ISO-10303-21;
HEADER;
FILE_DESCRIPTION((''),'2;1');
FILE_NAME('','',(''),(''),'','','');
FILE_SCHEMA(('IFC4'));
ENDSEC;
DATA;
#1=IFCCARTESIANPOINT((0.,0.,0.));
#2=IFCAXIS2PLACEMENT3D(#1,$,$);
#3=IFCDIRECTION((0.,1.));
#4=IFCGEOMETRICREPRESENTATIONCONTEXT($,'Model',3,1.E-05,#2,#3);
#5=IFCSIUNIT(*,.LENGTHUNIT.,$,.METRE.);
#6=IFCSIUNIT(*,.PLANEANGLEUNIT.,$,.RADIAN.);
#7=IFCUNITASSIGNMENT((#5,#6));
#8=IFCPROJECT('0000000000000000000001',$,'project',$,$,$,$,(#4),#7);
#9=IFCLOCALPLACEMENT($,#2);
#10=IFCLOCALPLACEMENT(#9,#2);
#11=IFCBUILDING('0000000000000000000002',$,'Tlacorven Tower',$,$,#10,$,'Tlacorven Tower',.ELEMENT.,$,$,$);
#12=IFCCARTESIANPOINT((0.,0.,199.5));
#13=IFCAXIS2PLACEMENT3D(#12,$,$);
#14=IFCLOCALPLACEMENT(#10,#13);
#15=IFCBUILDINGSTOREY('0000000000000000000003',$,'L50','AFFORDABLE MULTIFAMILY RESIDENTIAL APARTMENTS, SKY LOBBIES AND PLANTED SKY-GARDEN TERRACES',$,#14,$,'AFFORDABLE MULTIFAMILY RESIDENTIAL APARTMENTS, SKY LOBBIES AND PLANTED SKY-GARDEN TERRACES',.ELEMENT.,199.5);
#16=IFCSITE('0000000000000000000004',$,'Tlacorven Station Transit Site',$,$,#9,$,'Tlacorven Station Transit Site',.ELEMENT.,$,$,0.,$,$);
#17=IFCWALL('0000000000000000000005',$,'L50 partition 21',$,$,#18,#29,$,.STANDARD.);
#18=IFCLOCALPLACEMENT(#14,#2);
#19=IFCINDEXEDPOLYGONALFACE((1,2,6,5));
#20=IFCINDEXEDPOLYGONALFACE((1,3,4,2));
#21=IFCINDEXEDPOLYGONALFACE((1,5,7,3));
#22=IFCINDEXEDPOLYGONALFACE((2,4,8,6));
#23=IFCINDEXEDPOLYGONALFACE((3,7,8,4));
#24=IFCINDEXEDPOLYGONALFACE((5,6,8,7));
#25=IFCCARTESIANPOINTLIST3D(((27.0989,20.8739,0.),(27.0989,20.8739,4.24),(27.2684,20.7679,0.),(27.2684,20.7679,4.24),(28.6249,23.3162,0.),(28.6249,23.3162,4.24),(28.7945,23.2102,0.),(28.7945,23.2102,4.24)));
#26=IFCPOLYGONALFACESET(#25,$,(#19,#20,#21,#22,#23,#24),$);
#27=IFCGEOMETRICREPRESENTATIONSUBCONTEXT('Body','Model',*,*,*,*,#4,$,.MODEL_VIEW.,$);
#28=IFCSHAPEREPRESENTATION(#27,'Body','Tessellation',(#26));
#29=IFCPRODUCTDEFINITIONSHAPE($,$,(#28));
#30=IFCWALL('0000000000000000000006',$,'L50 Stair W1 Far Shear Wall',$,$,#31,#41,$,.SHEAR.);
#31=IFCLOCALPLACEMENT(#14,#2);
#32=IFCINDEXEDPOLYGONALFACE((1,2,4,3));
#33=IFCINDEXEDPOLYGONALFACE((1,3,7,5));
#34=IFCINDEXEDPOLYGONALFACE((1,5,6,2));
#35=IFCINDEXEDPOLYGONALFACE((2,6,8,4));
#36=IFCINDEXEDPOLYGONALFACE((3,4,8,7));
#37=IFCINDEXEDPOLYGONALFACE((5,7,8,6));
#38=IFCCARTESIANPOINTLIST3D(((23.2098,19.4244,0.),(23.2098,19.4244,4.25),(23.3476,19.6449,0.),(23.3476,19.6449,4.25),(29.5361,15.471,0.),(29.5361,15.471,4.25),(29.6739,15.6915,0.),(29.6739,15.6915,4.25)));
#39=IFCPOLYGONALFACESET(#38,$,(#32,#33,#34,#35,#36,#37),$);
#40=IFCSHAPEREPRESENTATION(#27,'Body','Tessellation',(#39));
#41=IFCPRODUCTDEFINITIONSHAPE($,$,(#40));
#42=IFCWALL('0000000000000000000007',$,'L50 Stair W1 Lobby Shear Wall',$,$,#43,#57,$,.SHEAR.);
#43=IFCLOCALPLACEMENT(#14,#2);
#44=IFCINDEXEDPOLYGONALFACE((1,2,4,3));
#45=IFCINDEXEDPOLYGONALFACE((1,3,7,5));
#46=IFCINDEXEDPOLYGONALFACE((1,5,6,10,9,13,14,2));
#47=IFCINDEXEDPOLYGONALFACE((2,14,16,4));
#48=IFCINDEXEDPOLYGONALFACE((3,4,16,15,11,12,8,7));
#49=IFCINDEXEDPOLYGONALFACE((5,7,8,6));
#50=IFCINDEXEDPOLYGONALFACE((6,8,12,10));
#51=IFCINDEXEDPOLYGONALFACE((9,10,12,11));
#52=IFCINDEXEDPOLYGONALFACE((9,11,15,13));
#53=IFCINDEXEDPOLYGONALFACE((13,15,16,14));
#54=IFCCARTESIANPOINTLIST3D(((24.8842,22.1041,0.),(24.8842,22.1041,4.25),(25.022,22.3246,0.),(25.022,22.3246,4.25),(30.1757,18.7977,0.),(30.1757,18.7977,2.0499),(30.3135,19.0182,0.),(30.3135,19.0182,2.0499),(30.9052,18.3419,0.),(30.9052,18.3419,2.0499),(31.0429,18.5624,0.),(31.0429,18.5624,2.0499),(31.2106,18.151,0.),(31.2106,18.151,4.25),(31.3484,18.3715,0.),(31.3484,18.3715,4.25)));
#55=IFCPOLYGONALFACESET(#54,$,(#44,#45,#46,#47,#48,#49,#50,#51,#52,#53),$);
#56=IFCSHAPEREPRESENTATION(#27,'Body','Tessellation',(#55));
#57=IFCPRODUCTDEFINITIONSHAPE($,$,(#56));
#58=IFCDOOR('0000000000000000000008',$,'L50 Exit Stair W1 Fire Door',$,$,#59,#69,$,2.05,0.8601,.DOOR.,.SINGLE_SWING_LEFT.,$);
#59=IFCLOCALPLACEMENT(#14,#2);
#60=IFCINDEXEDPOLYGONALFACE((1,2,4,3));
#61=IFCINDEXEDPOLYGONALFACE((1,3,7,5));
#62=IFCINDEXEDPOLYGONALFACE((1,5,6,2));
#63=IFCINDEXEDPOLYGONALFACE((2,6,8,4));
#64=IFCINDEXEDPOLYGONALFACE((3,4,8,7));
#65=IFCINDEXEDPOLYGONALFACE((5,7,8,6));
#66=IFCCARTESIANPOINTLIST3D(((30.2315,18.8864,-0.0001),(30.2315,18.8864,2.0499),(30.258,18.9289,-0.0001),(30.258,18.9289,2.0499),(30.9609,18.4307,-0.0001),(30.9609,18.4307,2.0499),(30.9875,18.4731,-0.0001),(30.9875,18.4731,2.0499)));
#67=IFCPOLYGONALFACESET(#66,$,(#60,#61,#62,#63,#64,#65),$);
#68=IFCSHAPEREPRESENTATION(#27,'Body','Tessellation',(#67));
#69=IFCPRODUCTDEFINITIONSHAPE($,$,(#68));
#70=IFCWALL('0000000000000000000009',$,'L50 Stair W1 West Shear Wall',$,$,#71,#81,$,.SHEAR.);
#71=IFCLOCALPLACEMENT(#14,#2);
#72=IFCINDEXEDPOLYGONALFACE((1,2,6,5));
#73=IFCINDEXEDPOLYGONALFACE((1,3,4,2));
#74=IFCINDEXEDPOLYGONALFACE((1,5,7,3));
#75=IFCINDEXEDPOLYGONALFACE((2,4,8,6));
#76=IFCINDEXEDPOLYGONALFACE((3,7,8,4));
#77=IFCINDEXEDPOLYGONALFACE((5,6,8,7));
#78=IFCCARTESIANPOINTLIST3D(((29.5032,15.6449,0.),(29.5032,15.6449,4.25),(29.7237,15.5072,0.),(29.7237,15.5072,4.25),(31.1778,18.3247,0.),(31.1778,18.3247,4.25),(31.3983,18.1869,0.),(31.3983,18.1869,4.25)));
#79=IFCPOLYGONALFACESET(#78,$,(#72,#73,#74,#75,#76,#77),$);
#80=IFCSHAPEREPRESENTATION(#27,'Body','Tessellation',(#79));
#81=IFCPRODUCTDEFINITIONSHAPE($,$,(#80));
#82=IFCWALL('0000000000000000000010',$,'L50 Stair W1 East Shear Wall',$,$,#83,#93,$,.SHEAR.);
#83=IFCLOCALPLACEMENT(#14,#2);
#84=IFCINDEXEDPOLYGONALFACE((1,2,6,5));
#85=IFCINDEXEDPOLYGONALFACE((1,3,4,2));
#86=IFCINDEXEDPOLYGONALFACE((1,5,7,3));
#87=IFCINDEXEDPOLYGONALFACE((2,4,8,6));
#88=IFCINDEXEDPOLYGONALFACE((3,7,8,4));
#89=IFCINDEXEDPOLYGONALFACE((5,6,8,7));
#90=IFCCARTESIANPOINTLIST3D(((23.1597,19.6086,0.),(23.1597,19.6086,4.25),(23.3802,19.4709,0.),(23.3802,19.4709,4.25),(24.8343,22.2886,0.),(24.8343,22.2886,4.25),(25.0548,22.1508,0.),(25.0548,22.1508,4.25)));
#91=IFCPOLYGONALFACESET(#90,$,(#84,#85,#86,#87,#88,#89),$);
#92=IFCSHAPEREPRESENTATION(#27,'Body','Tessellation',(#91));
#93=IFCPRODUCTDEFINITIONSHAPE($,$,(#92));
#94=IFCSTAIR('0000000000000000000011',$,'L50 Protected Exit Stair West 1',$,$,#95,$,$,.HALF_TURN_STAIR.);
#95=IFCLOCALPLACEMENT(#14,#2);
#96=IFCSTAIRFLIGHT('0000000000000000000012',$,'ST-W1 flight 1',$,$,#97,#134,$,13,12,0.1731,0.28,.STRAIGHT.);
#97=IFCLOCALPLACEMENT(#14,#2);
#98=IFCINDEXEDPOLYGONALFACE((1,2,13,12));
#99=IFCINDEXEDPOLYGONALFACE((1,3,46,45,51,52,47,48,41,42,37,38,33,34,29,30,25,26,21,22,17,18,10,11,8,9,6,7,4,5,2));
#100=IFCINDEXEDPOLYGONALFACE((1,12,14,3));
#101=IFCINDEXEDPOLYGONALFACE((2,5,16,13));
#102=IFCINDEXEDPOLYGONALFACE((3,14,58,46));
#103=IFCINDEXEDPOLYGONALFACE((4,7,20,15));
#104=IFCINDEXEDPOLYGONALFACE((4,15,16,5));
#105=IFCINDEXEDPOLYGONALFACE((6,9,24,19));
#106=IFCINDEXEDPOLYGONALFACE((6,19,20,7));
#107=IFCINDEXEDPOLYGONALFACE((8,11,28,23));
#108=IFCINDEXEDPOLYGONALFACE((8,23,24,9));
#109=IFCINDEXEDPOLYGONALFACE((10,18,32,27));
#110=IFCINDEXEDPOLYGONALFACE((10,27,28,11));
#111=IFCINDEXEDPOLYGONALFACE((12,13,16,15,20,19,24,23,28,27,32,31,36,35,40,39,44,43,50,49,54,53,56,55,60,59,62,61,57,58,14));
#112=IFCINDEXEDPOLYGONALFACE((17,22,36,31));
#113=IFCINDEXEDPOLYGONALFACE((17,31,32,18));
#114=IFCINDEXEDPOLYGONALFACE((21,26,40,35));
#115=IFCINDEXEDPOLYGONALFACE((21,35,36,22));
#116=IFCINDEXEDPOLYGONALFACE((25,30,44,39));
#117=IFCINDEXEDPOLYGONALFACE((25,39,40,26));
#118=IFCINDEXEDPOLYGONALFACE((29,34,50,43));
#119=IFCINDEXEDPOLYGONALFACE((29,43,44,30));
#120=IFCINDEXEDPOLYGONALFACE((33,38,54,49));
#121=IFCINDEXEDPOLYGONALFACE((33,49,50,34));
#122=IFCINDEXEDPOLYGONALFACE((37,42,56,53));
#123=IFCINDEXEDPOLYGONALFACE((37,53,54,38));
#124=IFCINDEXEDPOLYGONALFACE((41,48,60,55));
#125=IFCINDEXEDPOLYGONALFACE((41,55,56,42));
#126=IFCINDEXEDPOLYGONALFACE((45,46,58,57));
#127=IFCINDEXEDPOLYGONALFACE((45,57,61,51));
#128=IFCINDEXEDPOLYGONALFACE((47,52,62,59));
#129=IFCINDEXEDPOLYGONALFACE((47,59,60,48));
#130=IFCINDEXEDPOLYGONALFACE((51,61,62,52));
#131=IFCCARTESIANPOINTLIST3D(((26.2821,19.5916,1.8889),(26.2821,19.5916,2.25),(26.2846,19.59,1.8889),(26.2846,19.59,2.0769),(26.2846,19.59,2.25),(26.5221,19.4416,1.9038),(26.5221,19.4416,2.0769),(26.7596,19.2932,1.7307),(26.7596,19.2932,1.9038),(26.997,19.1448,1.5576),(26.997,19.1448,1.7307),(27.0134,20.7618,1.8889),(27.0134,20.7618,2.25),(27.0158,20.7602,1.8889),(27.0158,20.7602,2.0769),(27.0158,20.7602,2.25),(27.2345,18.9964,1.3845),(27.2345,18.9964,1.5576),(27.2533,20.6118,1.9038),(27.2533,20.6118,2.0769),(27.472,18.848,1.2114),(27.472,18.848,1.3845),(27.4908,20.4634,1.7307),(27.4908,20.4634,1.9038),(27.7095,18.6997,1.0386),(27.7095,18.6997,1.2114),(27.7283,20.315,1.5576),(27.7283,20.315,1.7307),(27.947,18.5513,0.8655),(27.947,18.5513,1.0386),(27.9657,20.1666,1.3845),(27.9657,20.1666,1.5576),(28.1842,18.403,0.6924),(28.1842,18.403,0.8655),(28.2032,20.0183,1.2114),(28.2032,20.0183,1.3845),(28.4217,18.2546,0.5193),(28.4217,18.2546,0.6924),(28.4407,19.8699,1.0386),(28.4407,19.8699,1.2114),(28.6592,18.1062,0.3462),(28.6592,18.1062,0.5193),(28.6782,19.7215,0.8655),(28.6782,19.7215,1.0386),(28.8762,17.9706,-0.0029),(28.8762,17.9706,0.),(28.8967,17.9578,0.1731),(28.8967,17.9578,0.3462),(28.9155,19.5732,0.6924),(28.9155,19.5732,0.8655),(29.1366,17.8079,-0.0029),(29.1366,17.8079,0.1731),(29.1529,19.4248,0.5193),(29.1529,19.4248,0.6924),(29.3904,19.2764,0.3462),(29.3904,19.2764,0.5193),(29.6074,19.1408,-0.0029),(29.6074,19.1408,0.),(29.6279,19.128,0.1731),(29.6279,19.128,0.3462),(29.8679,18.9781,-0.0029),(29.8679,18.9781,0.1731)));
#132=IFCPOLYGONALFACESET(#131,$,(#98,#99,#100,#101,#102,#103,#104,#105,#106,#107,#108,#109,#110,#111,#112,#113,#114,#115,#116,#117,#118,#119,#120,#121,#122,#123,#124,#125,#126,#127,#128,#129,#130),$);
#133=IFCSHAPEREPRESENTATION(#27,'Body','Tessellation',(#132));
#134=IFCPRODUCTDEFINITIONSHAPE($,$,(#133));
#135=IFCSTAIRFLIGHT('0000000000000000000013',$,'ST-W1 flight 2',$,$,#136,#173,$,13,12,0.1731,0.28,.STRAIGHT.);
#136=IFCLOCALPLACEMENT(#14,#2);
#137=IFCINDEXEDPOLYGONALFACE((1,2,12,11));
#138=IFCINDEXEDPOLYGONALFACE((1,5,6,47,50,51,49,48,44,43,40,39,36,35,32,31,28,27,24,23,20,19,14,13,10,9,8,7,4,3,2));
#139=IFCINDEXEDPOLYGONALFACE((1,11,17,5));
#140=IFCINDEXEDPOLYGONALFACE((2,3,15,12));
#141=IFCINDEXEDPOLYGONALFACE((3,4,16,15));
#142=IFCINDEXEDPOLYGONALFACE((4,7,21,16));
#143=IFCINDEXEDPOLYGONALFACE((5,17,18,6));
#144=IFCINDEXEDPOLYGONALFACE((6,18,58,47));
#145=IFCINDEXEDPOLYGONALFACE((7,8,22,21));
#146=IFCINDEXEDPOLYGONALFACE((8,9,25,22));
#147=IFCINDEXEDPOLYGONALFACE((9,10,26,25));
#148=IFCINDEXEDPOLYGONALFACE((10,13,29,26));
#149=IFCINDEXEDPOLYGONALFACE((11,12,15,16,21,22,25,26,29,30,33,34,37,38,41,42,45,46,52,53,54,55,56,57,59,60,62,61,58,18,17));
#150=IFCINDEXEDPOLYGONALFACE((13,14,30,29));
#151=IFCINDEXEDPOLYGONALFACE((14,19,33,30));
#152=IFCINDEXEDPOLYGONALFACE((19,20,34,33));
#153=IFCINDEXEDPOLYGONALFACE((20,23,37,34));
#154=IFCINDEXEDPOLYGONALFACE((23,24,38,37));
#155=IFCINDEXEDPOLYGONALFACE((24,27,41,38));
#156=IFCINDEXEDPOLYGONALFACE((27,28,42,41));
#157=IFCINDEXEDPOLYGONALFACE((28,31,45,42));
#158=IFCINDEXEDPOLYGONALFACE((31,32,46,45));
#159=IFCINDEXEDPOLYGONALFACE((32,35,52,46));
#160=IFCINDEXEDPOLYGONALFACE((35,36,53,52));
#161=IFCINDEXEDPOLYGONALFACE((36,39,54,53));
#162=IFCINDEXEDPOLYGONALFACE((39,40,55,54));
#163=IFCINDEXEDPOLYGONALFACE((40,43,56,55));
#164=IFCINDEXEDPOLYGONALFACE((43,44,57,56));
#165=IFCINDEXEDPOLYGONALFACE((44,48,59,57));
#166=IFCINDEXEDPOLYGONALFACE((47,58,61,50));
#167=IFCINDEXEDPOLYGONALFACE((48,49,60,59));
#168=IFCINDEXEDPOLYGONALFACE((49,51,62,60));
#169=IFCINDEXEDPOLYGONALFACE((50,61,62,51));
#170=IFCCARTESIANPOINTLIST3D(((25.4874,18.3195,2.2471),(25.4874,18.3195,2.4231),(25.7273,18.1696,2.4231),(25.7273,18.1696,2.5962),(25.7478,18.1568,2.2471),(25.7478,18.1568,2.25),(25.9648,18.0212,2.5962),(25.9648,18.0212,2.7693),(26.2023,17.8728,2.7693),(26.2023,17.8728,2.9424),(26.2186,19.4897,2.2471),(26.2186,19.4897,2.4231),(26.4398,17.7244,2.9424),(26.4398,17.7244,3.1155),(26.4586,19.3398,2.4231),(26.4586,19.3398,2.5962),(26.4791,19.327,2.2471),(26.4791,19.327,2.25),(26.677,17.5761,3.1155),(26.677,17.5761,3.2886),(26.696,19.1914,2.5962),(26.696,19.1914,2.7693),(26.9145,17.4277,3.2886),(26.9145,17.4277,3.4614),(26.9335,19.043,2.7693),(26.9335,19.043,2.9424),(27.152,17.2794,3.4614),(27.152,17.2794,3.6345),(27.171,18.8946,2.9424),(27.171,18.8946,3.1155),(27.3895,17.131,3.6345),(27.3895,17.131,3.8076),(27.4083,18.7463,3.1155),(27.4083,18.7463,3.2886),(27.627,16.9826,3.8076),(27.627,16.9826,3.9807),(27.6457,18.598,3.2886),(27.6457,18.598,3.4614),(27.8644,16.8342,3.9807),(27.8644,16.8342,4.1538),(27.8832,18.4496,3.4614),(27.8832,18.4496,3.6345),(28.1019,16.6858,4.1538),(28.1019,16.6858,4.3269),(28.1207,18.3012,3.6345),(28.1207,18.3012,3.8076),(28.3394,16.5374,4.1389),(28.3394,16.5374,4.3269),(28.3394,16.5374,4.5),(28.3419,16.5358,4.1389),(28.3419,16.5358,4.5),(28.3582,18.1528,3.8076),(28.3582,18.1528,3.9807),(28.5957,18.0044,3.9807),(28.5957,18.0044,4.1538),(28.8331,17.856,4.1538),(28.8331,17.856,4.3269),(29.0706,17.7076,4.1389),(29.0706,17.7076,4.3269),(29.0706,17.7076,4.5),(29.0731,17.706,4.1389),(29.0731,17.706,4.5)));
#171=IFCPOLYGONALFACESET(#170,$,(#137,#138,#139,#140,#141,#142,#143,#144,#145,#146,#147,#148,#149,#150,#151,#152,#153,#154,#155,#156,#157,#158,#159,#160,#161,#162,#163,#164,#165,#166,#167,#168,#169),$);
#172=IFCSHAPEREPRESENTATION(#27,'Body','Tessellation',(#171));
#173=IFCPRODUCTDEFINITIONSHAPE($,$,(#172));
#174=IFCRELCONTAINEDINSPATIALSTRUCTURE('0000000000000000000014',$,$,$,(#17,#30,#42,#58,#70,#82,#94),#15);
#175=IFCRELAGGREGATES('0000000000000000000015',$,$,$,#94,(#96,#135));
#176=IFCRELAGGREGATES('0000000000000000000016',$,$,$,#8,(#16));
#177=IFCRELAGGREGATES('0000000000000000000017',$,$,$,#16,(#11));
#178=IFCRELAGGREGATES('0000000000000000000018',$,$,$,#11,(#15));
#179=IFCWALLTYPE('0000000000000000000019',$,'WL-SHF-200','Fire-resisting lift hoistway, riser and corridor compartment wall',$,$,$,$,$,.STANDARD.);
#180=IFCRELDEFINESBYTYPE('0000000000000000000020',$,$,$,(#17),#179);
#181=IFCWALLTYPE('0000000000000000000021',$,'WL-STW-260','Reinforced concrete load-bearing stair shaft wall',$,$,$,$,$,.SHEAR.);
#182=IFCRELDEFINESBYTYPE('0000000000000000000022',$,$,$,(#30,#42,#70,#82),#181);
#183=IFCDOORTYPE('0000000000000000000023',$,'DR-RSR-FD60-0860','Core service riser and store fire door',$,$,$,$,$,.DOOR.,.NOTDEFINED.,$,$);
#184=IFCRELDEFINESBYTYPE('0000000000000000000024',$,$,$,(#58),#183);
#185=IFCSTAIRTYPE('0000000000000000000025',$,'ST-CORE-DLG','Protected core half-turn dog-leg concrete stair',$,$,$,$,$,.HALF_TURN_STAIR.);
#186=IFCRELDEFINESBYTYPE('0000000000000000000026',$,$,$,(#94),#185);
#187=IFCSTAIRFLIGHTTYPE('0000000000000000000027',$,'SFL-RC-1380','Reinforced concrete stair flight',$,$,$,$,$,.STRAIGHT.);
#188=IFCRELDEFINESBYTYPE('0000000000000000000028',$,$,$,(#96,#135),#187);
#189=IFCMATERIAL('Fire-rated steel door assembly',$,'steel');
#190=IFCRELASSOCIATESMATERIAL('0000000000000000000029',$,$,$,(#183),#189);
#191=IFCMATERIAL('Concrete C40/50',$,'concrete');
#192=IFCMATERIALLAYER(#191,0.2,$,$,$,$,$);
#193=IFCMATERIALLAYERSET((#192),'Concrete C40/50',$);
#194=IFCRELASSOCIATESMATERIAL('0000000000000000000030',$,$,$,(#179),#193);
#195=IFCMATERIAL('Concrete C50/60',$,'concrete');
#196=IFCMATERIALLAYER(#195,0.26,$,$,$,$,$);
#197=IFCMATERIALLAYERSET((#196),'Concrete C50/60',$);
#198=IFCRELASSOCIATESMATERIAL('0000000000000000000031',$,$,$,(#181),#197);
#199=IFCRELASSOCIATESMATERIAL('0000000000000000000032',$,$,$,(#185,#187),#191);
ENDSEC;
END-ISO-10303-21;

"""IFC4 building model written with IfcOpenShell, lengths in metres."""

from ifc_helpers import new_model, si_unit, direction, frame, frame_2d, origin, place, context, subcontext, project, spatial, polyline, rectangle, outline, extrude, source, transform, mapped, material, layer, layer_set, type_object, element, fill, aggregate, save


model = new_model("IFC4")

# Units and contexts
model_context = context("Model", 3, precision=1e-05, world=origin(), true_north=direction((0.0, 1.0)))
body_context = subcontext(model_context, "Body", "Model", "MODEL_VIEW")
ifc_project = project(units=[si_unit("LENGTHUNIT", "METRE"), si_unit("PLANEANGLEUNIT", "RADIAN")], contexts=[model_context])

# Site, building, storey
site_placement = place(None, origin())
site = spatial("IfcSite", under=ifc_project, at=site_placement, Name="Tlacorven Station Transit Site", LongName="Tlacorven Station Transit Site", CompositionType="ELEMENT", RefElevation=0.0)
building_placement = place(site_placement, origin())
building = spatial("IfcBuilding", under=site, at=building_placement, Name="Tlacorven Tower", LongName="Tlacorven Tower", CompositionType="ELEMENT")
storey_placement = place(building_placement, frame((0.0, 0.0, 199.5)))
storey = spatial("IfcBuildingStorey", under=building, at=storey_placement, Name="L50", Description="AFFORDABLE MULTIFAMILY RESIDENTIAL APARTMENTS, SKY LOBBIES AND PLANTED SKY-GARDEN TERRACES", LongName="AFFORDABLE MULTIFAMILY RESIDENTIAL APARTMENTS, SKY LOBBIES AND PLANTED SKY-GARDEN TERRACES", CompositionType="ELEMENT", Elevation=199.5)

# Shared definitions
ifc_material_1 = material(Name="Fire-rated steel door assembly", Category="steel")
door_type_1 = type_object("IfcDoorType", Name="DR-RSR-FD60-0860", Description="Core service riser and store fire door", OperationType="NOTDEFINED", PredefinedType="DOOR", material=ifc_material_1)
shared_shape_1 = source(origin(), body_context, "Body", "SweptSolid", [
    extrude(rectangle(XDim=0.8601, YDim=2.05, at=frame_2d((0.4302, 1.0249))), frame((0.0, 0.0249, 0.0), z_axis=(0.0, -1.0, 0.0), x_axis=(1.0, 0.0, 0.0)), (0.0, 0.0, 1.0), 0.05),
])

# Walls
ifc_material_2 = material(Name="Concrete C40/50", Category="concrete")
ifc_layer_1 = layer(ifc_material_2, 0.2)
ifc_layer_set_1 = layer_set([ifc_layer_1], Name="Concrete C40/50")
wall_type_1 = type_object("IfcWallType", Name="WL-SHF-200", Description="Fire-resisting lift hoistway, riser and corridor compartment wall", PredefinedType="STANDARD", material=ifc_layer_set_1)
wall_1_placement = place(storey_placement, frame((28.7097, 23.2632, 0.0), z_axis=(0.0, 0.0, 1.0), x_axis=(-0.529907, -0.848055, 0.0)))
element("IfcWall", 1, at=wall_1_placement, inside=storey, type_object=wall_type_1, Name="L50 partition 21", PredefinedType="STANDARD", context=body_context, shape_type="SweptSolid", body=[
    extrude(rectangle(XDim=2.8799, YDim=0.2, at=frame_2d((1.4399, 0.0))), origin(), (0.0, 0.0, 1.0), 4.24),
])
ifc_material_3 = material(Name="Concrete C50/60", Category="concrete")
ifc_layer_2 = layer(ifc_material_3, 0.26)
ifc_layer_set_2 = layer_set([ifc_layer_2], Name="Concrete C50/60")
wall_type_2 = type_object("IfcWallType", Name="WL-STW-260", Description="Reinforced concrete load-bearing stair shaft wall", PredefinedType="SHEAR", material=ifc_layer_set_2)
wall_2_placement = place(storey_placement, frame((29.605, 15.5813, 0.0), z_axis=(0.0, 0.0, 1.0), x_axis=(-0.848037, 0.529937, 0.0)))
element("IfcWall", 2, at=wall_2_placement, inside=storey, type_object=wall_type_2, Name="L50 Stair W1 Far Shear Wall", PredefinedType="SHEAR", context=body_context, shape_type="SweptSolid", body=[
    extrude(rectangle(XDim=7.46, YDim=0.26, at=frame_2d((3.73, 0.0))), origin(), (0.0, 0.0, 1.0), 4.25),
])

# Wall, opening, door
wall_3_placement = place(storey_placement, frame((31.2795, 18.2612, 0.0), z_axis=(0.0, 0.0, 1.0), x_axis=(-0.848052, 0.529914, 0.0)))
wall_3 = element("IfcWall", 3, at=wall_3_placement, inside=storey, type_object=wall_type_2, Name="L50 Stair W1 Lobby Shear Wall", PredefinedType="SHEAR", context=body_context, shape_type="SweptSolid", body=[
    extrude(rectangle(XDim=7.46, YDim=0.26, at=frame_2d((3.73, 0.0))), origin(), (0.0, 0.0, 1.0), 4.25),
])
opening_1_placement = place(wall_3_placement, frame((0.3601, 0.0, 0.0)))
opening_1 = element("IfcOpeningElement", 4, at=opening_1_placement, cuts=wall_3, PredefinedType="OPENING", context=body_context, shape_type="SweptSolid", body=[
    extrude(rectangle(XDim=0.8601, YDim=2.05, at=frame_2d((0.4302, 1.0249))), frame((0.0, 0.1401, 0.0), z_axis=(0.0, -1.0, 0.0), x_axis=(1.0, 0.0, 0.0)), (0.0, 0.0, 1.0), 0.28),
])
door_1_placement = place(opening_1_placement, frame((0.8601, 0.0, 0.0), z_axis=(0.0, 0.0, 1.0), x_axis=(-1.0, 0.0, 0.0)))
door_1 = element("IfcDoor", 5, at=door_1_placement, inside=storey, type_object=door_type_1, Name="L50 Exit Stair W1 Fire Door", OperationType="SINGLE_SWING_LEFT", OverallHeight=2.05, OverallWidth=0.8601, PredefinedType="DOOR", context=body_context, shape_type="MappedRepresentation", body=[
    mapped(shared_shape_1, transform((0.0, 0.0, 0.0), scale=1.0)),
])
fill(opening_1, door_1)

# Walls
wall_4_placement = place(storey_placement, frame((31.2881, 18.2559, 0.0), z_axis=(0.0, 0.0, 1.0), x_axis=(-0.529943, -0.848033, 0.0)))
element("IfcWall", 6, at=wall_4_placement, inside=storey, type_object=wall_type_2, Name="L50 Stair W1 West Shear Wall", PredefinedType="SHEAR", context=body_context, shape_type="SweptSolid", body=[
    extrude(rectangle(XDim=3.1599, YDim=0.26, at=frame_2d((1.5801, 0.0))), origin(), (0.0, 0.0, 1.0), 4.25),
])
wall_5_placement = place(storey_placement, frame((24.9446, 22.2197, 0.0), z_axis=(0.0, 0.0, 1.0), x_axis=(-0.529909, -0.848055, 0.0)))
element("IfcWall", 7, at=wall_5_placement, inside=storey, type_object=wall_type_2, Name="L50 Stair W1 East Shear Wall", PredefinedType="SHEAR", context=body_context, shape_type="SweptSolid", body=[
    extrude(rectangle(XDim=3.1602, YDim=0.26, at=frame_2d((1.5801, 0.0))), origin(), (0.0, 0.0, 1.0), 4.25),
])

# Stair, stair flights
stair_type = type_object("IfcStairType", Name="ST-CORE-DLG", Description="Protected core half-turn dog-leg concrete stair", PredefinedType="HALF_TURN_STAIR", material=ifc_material_2)
stair_placement = place(storey_placement, origin())
stair = element("IfcStair", 8, at=stair_placement, inside=storey, type_object=stair_type, Name="L50 Protected Exit Stair West 1", PredefinedType="HALF_TURN_STAIR")
stair_flight_type = type_object("IfcStairFlightType", Name="SFL-RC-1380", Description="Reinforced concrete stair flight", PredefinedType="STRAIGHT", material=ifc_material_2)
shared_shape_2 = source(origin(), body_context, "Body", "SweptSolid", [
    extrude(outline(polyline([(-0.0029, -0.0029), (-0.0029, 0.1731), (0.28, 0.1731), (0.28, 0.3462), (0.5601, 0.3462), (0.5601, 0.5193), (0.8401, 0.5193), (0.8401, 0.6924), (1.1201, 0.6924), (1.1201, 0.8655), (1.3999, 0.8655), (1.3999, 1.0386), (1.6799, 1.0386), (1.6799, 1.2114), (1.96, 1.2114), (1.96, 1.3845), (2.24, 1.3845), (2.24, 1.5576), (2.52, 1.5576), (2.52, 1.7307), (2.8, 1.7307), (2.8, 1.9038), (3.0801, 1.9038), (3.0801, 2.0769), (3.3601, 2.0769), (3.3601, 2.25), (3.363, 2.25), (3.363, 1.8889), (3.3601, 1.8889), (0.3042, 0.0), (0.3042, -0.0029), (-0.0029, -0.0029)])), frame((0.0, 0.6899, 0.0), z_axis=(0.0, -1.0, 0.0), x_axis=(1.0, 0.0, 0.0)), (0.0, 0.0, 1.0), 1.3799),
])
stair_flight_1_placement = place(storey_placement, frame((29.4998, 18.3945, 0.0), z_axis=(0.0, 0.0, 1.0), x_axis=(-0.848048, 0.529919, 0.0)))
stair_flight_1 = element("IfcStairFlight", 9, at=stair_flight_1_placement, type_object=stair_flight_type, Name="ST-W1 flight 1", NumberOfRisers=13, NumberOfTreads=12, PredefinedType="STRAIGHT", RiserHeight=0.1731, TreadLength=0.28, context=body_context, shape_type="MappedRepresentation", body=[
    mapped(shared_shape_2, transform((0.0, 0.0, 0.0), scale=1.0)),
])
stair_flight_2_placement = place(storey_placement, frame((25.8555, 18.9031, 2.25), z_axis=(0.0, 0.0, 1.0), x_axis=(0.848048, -0.529919, 0.0)))
stair_flight_2 = element("IfcStairFlight", 10, at=stair_flight_2_placement, type_object=stair_flight_type, Name="ST-W1 flight 2", NumberOfRisers=13, NumberOfTreads=12, PredefinedType="STRAIGHT", RiserHeight=0.1731, TreadLength=0.28, context=body_context, shape_type="MappedRepresentation", body=[
    mapped(shared_shape_2, transform((0.0, 0.0, 0.0), scale=1.0)),
])
aggregate(stair, [stair_flight_1, stair_flight_2])

save(model, "model.ifc")
